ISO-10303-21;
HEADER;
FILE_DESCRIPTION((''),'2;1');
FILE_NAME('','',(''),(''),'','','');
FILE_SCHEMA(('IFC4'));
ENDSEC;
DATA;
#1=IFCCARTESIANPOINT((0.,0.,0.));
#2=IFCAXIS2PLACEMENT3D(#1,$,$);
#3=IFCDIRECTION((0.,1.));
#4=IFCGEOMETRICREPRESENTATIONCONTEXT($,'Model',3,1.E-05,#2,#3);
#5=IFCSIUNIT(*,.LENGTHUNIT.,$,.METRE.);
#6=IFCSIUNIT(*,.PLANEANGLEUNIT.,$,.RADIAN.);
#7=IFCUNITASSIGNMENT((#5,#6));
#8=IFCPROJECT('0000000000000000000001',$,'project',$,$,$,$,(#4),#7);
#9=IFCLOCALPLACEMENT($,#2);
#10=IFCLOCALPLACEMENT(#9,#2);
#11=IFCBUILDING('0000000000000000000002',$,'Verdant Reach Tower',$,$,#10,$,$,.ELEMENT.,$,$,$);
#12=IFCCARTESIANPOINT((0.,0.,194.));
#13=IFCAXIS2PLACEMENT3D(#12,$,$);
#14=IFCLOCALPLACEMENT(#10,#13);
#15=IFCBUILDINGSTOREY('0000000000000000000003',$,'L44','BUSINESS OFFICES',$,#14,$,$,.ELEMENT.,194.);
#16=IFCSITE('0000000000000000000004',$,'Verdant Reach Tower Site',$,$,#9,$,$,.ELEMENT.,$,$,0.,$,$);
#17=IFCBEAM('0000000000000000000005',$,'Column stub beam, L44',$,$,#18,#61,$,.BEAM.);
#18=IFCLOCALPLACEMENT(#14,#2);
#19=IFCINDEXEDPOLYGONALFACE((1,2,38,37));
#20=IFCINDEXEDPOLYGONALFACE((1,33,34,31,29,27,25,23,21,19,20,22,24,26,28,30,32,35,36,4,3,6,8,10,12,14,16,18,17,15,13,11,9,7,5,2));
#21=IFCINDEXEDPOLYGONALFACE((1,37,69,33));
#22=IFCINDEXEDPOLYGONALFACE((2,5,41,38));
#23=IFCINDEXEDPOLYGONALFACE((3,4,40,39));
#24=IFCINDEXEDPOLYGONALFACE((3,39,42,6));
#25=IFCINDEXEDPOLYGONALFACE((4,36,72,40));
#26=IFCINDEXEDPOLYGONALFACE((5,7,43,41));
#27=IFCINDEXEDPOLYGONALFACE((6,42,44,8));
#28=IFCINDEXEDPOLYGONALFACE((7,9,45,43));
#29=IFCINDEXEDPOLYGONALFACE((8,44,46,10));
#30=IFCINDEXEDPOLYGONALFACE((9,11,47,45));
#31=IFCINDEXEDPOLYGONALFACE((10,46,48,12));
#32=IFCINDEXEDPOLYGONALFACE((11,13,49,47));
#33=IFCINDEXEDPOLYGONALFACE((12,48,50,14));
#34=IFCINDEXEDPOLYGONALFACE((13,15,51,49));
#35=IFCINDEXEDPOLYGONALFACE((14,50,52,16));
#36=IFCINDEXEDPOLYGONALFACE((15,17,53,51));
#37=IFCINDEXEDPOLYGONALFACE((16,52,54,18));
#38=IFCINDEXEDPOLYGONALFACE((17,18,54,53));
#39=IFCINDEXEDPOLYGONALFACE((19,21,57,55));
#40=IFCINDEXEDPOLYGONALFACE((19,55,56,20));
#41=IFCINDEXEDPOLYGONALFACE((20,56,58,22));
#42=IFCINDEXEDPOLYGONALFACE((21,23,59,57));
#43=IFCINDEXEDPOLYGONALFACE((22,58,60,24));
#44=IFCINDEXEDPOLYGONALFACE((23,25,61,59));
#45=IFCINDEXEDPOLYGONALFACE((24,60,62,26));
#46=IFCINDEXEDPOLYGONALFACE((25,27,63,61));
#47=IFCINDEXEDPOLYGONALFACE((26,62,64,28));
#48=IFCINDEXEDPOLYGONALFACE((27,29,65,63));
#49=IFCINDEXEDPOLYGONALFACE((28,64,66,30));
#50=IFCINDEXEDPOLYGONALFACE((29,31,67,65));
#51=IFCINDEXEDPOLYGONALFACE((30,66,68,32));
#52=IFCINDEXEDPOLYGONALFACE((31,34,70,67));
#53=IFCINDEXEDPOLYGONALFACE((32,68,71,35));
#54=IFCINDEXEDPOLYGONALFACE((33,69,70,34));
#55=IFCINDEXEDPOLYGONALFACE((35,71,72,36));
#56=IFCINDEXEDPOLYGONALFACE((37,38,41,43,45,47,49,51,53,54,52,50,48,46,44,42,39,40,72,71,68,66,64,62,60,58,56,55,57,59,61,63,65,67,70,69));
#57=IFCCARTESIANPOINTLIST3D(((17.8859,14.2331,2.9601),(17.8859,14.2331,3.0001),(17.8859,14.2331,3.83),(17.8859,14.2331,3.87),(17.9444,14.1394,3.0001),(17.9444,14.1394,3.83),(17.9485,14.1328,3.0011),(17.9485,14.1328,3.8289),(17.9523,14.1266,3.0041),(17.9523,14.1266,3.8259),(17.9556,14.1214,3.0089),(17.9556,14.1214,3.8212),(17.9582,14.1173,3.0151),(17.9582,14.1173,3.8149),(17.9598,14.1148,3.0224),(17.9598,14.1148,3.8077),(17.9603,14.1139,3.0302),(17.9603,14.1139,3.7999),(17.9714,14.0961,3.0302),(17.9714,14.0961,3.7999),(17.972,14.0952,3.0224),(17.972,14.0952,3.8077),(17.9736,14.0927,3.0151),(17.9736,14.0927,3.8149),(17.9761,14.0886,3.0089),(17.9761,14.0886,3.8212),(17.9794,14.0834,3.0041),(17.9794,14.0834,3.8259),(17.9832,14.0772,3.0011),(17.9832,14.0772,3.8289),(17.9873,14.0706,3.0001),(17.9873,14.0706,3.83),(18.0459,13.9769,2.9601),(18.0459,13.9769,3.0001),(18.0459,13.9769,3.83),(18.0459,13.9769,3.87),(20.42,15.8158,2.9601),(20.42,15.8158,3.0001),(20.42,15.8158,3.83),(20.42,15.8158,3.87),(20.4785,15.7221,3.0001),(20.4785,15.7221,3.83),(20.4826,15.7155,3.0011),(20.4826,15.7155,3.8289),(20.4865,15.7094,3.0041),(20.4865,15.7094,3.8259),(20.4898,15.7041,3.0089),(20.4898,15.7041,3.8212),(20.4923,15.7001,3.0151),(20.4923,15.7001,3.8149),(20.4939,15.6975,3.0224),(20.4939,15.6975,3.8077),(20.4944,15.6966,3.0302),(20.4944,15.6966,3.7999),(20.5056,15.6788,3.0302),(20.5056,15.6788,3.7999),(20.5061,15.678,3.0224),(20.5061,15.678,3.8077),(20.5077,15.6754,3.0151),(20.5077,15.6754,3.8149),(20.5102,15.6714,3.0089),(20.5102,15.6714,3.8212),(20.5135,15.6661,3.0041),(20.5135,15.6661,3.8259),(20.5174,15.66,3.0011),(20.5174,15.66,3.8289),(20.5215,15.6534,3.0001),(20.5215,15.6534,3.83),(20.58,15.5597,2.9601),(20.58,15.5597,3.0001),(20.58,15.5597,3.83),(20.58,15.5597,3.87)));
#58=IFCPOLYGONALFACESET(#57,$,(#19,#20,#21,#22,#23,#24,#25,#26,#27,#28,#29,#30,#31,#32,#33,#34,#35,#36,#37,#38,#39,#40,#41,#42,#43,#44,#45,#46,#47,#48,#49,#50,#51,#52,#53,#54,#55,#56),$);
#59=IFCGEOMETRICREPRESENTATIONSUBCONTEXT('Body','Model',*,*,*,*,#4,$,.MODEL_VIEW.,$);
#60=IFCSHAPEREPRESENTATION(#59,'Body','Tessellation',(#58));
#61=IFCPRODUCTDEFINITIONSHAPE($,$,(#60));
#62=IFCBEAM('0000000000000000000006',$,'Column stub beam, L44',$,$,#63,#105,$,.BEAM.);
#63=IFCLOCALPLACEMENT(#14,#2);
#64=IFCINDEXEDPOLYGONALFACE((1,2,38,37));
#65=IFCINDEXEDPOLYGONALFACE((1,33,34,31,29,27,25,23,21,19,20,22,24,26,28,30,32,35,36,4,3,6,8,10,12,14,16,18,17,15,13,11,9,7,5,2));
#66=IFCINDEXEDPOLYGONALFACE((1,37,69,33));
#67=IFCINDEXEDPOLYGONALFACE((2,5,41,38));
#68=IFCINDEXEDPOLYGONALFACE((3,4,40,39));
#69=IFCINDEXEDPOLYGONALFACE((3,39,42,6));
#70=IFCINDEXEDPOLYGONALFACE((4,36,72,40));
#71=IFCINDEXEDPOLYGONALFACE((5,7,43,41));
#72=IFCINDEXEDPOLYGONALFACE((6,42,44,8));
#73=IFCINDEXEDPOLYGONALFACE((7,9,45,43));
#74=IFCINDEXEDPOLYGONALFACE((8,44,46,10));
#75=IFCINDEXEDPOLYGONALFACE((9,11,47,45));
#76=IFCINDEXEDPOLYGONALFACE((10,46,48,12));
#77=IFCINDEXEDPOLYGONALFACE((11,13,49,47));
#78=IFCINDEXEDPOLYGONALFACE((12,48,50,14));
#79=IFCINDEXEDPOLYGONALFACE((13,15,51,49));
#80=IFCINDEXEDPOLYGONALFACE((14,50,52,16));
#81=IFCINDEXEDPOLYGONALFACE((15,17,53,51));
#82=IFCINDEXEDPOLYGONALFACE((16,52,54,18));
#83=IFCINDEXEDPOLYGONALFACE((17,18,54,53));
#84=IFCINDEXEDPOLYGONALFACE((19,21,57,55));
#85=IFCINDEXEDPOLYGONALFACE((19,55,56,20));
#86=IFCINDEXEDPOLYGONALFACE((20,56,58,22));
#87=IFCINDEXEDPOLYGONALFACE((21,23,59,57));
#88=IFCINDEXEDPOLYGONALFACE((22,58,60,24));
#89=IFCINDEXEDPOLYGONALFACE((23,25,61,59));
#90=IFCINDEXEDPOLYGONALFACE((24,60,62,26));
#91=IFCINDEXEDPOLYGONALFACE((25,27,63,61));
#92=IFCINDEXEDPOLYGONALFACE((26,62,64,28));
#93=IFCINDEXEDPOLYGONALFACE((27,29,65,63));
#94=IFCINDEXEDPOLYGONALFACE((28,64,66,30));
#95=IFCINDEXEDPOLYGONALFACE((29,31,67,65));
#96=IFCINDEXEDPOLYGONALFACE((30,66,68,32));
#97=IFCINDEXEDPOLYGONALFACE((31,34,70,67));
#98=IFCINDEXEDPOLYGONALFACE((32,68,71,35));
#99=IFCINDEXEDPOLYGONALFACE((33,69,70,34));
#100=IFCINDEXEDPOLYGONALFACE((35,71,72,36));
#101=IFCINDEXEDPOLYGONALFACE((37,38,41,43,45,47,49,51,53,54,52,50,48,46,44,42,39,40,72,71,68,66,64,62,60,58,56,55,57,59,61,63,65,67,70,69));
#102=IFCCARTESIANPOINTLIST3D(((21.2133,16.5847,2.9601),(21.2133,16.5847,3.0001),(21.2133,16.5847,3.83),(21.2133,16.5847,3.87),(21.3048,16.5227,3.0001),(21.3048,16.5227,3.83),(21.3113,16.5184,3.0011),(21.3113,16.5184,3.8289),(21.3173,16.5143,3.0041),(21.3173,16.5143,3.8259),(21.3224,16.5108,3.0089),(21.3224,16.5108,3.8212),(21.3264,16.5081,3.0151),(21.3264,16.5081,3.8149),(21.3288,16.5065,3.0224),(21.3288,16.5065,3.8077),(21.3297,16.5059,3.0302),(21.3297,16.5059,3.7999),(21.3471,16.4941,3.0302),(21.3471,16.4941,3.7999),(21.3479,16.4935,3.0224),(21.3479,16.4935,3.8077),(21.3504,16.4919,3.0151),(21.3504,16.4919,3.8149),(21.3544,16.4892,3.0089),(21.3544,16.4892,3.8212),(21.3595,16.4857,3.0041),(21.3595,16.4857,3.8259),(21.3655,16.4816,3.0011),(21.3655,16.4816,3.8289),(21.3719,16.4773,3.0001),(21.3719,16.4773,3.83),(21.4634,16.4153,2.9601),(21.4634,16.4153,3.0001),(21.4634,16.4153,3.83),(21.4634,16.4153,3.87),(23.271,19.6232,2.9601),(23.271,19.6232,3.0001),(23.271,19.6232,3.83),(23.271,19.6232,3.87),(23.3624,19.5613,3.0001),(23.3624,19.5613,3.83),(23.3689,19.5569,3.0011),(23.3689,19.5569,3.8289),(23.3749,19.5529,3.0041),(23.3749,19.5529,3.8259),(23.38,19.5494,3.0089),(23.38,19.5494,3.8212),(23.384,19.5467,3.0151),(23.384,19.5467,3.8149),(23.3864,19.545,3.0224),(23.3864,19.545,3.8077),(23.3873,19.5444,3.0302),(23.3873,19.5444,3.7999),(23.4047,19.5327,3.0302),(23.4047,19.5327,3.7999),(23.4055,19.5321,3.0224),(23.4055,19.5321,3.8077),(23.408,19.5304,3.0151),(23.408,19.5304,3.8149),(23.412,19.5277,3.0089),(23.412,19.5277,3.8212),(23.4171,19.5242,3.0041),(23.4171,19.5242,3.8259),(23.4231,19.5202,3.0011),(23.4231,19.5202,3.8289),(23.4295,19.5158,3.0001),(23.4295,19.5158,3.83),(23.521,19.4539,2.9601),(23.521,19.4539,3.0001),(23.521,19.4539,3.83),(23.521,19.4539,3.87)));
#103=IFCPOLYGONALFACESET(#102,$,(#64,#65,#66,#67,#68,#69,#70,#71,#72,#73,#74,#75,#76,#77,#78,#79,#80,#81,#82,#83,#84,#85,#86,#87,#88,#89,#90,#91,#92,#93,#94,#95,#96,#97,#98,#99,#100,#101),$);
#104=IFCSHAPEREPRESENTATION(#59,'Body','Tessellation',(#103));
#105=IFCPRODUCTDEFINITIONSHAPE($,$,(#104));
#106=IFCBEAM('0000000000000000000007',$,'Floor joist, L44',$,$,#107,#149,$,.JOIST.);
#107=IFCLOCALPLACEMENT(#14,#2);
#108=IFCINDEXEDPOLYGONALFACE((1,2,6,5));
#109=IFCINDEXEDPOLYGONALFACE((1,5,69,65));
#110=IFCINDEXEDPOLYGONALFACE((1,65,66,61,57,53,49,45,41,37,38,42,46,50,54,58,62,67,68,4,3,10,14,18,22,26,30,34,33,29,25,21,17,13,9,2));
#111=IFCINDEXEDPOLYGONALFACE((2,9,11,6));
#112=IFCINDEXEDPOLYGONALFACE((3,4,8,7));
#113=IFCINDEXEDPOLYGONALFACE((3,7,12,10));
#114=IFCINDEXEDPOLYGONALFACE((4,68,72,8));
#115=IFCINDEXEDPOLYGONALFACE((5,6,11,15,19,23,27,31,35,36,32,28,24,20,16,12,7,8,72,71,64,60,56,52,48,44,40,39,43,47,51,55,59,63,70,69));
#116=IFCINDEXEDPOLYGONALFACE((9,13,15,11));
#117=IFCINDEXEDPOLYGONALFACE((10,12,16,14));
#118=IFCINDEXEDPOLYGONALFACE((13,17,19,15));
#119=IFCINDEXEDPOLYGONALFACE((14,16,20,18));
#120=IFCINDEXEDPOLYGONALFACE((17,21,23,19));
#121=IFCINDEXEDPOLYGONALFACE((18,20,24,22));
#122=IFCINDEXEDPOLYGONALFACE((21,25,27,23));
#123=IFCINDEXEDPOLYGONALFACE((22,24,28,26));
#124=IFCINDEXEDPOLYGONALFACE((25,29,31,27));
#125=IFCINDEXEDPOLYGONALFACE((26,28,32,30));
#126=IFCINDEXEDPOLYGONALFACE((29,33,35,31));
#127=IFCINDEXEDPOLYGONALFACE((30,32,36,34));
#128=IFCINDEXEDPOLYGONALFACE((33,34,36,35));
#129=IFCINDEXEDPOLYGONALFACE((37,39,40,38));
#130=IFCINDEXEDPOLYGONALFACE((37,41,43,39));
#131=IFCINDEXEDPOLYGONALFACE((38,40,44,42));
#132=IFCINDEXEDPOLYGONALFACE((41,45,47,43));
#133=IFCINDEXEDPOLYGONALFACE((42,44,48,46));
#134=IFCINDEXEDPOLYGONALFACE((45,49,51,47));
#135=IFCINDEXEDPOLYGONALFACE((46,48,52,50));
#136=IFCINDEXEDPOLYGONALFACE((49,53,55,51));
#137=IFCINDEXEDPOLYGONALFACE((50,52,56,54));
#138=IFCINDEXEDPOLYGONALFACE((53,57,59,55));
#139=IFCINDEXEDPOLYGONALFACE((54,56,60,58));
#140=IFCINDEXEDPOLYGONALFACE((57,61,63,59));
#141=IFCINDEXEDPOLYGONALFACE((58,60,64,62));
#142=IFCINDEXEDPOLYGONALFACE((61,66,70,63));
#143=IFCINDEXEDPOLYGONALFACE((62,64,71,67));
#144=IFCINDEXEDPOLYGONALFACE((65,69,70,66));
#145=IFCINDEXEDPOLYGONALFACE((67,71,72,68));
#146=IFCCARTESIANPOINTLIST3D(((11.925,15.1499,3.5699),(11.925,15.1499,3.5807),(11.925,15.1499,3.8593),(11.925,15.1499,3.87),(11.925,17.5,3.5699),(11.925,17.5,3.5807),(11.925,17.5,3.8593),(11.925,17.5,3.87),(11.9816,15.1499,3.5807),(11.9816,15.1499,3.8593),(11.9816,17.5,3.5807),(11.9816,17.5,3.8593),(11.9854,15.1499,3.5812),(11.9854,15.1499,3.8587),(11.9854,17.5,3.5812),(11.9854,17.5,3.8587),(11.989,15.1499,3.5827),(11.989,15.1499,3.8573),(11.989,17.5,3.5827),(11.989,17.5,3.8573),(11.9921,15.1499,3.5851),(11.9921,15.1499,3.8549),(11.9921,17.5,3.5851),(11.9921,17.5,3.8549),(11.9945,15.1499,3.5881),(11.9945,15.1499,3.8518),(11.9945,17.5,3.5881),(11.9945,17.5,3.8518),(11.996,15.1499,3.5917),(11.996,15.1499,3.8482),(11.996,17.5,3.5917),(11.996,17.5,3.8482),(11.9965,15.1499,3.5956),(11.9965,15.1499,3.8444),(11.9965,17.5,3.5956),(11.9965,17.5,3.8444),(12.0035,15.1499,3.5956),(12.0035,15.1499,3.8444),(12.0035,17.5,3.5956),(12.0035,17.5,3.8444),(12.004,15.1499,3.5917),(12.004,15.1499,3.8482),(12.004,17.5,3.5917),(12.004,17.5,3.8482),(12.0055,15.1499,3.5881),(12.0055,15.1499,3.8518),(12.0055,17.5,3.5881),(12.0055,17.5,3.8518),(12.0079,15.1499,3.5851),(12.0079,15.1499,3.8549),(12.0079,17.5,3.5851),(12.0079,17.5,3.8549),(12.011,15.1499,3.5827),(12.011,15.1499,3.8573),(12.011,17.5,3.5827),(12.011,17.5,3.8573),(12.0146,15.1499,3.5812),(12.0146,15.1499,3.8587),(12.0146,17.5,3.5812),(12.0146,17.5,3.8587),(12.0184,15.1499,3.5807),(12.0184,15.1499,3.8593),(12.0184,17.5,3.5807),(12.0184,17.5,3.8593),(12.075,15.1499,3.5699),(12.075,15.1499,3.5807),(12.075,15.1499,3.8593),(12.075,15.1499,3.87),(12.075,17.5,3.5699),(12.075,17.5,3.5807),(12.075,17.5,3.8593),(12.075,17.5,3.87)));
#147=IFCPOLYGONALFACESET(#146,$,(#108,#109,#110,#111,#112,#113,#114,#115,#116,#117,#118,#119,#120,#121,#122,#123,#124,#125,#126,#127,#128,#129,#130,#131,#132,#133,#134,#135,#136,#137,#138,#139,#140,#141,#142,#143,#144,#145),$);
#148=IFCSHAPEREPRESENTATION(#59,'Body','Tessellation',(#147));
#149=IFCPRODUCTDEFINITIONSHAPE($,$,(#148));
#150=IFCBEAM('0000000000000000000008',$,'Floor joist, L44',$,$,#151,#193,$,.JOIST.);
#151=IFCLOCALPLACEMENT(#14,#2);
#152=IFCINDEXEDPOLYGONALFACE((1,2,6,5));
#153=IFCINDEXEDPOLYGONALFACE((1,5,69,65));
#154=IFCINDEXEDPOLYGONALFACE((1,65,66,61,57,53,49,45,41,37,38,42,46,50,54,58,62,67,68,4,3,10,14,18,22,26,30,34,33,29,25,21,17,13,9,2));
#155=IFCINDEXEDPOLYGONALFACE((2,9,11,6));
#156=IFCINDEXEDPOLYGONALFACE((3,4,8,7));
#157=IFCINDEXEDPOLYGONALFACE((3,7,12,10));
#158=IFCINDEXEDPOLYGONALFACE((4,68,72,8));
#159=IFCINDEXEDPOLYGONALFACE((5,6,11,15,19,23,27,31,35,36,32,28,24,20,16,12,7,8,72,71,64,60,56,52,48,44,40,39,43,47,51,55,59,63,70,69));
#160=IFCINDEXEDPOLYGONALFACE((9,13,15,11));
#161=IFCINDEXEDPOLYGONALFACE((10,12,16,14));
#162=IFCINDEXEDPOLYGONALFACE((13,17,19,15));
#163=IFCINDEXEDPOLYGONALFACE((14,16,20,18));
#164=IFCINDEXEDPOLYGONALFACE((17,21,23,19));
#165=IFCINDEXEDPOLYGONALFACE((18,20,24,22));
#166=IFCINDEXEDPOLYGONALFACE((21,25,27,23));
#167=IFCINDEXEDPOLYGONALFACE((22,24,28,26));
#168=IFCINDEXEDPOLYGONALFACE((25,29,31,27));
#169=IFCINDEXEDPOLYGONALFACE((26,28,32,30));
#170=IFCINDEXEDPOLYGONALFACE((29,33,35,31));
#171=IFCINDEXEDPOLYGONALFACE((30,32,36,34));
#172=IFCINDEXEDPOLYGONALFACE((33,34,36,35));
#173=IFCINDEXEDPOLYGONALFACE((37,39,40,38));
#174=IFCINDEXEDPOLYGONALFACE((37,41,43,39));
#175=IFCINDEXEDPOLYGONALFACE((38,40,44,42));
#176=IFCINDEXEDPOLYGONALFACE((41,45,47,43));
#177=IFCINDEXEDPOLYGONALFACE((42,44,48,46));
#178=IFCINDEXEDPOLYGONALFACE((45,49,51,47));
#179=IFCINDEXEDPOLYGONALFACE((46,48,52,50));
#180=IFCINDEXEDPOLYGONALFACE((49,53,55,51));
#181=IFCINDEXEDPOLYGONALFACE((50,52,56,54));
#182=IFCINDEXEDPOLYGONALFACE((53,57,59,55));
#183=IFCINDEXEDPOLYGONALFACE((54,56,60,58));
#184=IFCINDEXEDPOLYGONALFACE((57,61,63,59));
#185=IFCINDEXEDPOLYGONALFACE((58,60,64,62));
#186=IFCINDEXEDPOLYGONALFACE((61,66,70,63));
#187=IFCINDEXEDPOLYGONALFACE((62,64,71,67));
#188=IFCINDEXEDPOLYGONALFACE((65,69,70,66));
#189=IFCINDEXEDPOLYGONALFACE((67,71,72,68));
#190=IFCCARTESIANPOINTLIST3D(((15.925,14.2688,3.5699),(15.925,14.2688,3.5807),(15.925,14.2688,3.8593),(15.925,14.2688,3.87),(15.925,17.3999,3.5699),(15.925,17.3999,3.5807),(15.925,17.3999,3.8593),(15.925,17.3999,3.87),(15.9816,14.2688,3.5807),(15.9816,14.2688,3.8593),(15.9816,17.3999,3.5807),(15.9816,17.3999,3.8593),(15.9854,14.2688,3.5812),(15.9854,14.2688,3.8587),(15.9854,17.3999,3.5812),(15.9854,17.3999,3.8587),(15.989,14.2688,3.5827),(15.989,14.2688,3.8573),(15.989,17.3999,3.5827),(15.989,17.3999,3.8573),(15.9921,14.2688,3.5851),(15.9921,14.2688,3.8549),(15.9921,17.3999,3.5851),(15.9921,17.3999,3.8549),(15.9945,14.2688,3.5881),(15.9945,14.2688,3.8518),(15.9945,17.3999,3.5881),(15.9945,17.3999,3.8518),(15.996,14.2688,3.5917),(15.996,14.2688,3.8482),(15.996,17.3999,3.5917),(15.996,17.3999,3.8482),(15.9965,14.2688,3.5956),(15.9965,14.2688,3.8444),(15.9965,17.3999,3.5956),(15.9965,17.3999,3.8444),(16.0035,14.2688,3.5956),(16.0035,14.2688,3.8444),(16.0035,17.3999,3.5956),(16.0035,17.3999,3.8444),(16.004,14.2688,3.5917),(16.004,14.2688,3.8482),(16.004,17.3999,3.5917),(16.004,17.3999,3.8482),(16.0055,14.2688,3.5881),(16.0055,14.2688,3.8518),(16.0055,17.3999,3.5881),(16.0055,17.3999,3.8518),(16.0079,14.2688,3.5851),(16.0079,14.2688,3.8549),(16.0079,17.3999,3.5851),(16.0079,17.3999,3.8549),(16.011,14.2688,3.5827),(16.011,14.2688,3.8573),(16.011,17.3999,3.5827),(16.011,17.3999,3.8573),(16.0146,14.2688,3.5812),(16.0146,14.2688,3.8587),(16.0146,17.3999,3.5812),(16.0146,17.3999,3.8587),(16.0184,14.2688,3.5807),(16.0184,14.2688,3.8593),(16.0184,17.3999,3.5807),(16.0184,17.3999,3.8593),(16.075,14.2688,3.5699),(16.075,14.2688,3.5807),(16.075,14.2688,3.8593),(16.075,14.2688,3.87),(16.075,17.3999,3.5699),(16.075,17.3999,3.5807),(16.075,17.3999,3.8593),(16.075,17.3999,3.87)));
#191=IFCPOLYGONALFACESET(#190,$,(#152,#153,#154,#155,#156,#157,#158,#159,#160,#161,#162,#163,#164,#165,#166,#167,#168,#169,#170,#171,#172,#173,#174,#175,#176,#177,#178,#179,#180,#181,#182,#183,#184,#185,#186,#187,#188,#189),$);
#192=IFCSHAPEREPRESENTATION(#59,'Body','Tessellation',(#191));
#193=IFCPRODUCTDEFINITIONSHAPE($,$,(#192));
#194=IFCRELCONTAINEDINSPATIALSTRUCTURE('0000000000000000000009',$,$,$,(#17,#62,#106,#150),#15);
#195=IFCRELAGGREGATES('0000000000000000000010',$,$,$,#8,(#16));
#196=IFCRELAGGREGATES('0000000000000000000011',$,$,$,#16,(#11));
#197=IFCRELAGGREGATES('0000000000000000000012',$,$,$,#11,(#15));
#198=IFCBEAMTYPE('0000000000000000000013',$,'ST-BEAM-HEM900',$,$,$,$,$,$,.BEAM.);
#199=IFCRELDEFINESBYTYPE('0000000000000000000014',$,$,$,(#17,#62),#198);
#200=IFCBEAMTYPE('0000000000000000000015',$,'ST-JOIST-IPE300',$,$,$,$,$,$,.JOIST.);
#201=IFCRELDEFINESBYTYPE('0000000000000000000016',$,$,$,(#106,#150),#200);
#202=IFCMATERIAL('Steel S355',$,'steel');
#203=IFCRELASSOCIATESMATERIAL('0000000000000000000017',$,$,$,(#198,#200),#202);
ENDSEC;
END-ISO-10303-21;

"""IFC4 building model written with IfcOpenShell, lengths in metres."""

from ifc_helpers import new_model, si_unit, direction, frame, origin, origin_2d, place, context, subcontext, project, spatial, i_section, extrude, material, material_profile, profile_set, type_object, element, save


model = new_model("IFC4")

# Units and contexts
model_context = context("Model", 3, precision=1e-05, world=origin(), true_north=direction((0.0, 1.0)))
body_context = subcontext(model_context, "Body", "Model", "MODEL_VIEW")
ifc_project = project(units=[si_unit("LENGTHUNIT", "METRE"), si_unit("PLANEANGLEUNIT", "RADIAN")], contexts=[model_context])

# Site, building, storey
site_placement = place(None, origin())
site = spatial("IfcSite", under=ifc_project, at=site_placement, Name="Verdant Reach Tower Site", CompositionType="ELEMENT", RefElevation=0.0)
building_placement = place(site_placement, origin())
building = spatial("IfcBuilding", under=site, at=building_placement, Name="Verdant Reach Tower", CompositionType="ELEMENT")
storey_placement = place(building_placement, frame((0.0, 0.0, 194.0)))
storey = spatial("IfcBuildingStorey", under=building, at=storey_placement, Name="L44", Description="BUSINESS OFFICES", CompositionType="ELEMENT", Elevation=194.0)

# Beams
ifc_material_1 = material(Name="Steel S355", Category="steel")
ifc_material_profile_1 = material_profile(ifc_material_1, i_section(OverallWidth=0.302, OverallDepth=0.9099, WebThickness=0.021, FlangeThickness=0.04, FilletRadius=0.03, at=origin_2d()), Name="HEM 900")
ifc_profile_set_1 = profile_set([ifc_material_profile_1], Name="Steel S355")
beam_type_1 = type_object("IfcBeamType", Name="ST-BEAM-HEM900", PredefinedType="BEAM", material=ifc_profile_set_1)
beam_1_placement = place(storey_placement, frame((20.5, 15.6877, 3.415), z_axis=(-0.848164, -0.529735, 0.0), x_axis=(0.529735, -0.848164, 0.0)))
element("IfcBeam", 1, at=beam_1_placement, inside=storey, type_object=beam_type_1, Name="Column stub beam, L44", PredefinedType="BEAM", context=body_context, shape_type="SweptSolid", body=[
    extrude(i_section(OverallWidth=0.302, OverallDepth=0.9099, WebThickness=0.021, FlangeThickness=0.04, FilletRadius=0.03, at=origin_2d()), origin(), (0.0, 0.0, 1.0), 2.9878),
])
beam_2_placement = place(storey_placement, frame((21.3384, 16.5, 3.415), z_axis=(0.560704, 0.828016, 0.0), x_axis=(-0.828016, 0.560704, 0.0)))
element("IfcBeam", 2, at=beam_2_placement, inside=storey, type_object=beam_type_1, Name="Column stub beam, L44", PredefinedType="BEAM", context=body_context, shape_type="SweptSolid", body=[
    extrude(i_section(OverallWidth=0.302, OverallDepth=0.9099, WebThickness=0.021, FlangeThickness=0.04, FilletRadius=0.03, at=origin_2d()), origin(), (0.0, 0.0, 1.0), 3.6697),
])
ifc_material_profile_2 = material_profile(ifc_material_1, i_section(OverallWidth=0.1499, OverallDepth=0.3, WebThickness=0.0071, FlangeThickness=0.0107, FilletRadius=0.0149, at=origin_2d()), Name="IPE 300")
ifc_profile_set_2 = profile_set([ifc_material_profile_2], Name="Steel S355")
beam_type_2 = type_object("IfcBeamType", Name="ST-JOIST-IPE300", PredefinedType="JOIST", material=ifc_profile_set_2)
beam_3_placement = place(storey_placement, frame((12.0, 17.5, 3.72), z_axis=(0.0, -1.0, 0.0), x_axis=(1.0, 0.0, 0.0)))
element("IfcBeam", 3, at=beam_3_placement, inside=storey, type_object=beam_type_2, Name="Floor joist, L44", PredefinedType="JOIST", context=body_context, shape_type="SweptSolid", body=[
    extrude(i_section(OverallWidth=0.1499, OverallDepth=0.3, WebThickness=0.0071, FlangeThickness=0.0107, FilletRadius=0.0149, at=origin_2d()), origin(), (0.0, 0.0, 1.0), 2.3501),
])
beam_4_placement = place(storey_placement, frame((16.0, 17.3999, 3.72), z_axis=(0.0, -1.0, 0.0), x_axis=(1.0, 0.0, 0.0)))
element("IfcBeam", 4, at=beam_4_placement, inside=storey, type_object=beam_type_2, Name="Floor joist, L44", PredefinedType="JOIST", context=body_context, shape_type="SweptSolid", body=[
    extrude(i_section(OverallWidth=0.1499, OverallDepth=0.3, WebThickness=0.0071, FlangeThickness=0.0107, FilletRadius=0.0149, at=origin_2d()), origin(), (0.0, 0.0, 1.0), 3.1311),
])

save(model, "model.ifc")
